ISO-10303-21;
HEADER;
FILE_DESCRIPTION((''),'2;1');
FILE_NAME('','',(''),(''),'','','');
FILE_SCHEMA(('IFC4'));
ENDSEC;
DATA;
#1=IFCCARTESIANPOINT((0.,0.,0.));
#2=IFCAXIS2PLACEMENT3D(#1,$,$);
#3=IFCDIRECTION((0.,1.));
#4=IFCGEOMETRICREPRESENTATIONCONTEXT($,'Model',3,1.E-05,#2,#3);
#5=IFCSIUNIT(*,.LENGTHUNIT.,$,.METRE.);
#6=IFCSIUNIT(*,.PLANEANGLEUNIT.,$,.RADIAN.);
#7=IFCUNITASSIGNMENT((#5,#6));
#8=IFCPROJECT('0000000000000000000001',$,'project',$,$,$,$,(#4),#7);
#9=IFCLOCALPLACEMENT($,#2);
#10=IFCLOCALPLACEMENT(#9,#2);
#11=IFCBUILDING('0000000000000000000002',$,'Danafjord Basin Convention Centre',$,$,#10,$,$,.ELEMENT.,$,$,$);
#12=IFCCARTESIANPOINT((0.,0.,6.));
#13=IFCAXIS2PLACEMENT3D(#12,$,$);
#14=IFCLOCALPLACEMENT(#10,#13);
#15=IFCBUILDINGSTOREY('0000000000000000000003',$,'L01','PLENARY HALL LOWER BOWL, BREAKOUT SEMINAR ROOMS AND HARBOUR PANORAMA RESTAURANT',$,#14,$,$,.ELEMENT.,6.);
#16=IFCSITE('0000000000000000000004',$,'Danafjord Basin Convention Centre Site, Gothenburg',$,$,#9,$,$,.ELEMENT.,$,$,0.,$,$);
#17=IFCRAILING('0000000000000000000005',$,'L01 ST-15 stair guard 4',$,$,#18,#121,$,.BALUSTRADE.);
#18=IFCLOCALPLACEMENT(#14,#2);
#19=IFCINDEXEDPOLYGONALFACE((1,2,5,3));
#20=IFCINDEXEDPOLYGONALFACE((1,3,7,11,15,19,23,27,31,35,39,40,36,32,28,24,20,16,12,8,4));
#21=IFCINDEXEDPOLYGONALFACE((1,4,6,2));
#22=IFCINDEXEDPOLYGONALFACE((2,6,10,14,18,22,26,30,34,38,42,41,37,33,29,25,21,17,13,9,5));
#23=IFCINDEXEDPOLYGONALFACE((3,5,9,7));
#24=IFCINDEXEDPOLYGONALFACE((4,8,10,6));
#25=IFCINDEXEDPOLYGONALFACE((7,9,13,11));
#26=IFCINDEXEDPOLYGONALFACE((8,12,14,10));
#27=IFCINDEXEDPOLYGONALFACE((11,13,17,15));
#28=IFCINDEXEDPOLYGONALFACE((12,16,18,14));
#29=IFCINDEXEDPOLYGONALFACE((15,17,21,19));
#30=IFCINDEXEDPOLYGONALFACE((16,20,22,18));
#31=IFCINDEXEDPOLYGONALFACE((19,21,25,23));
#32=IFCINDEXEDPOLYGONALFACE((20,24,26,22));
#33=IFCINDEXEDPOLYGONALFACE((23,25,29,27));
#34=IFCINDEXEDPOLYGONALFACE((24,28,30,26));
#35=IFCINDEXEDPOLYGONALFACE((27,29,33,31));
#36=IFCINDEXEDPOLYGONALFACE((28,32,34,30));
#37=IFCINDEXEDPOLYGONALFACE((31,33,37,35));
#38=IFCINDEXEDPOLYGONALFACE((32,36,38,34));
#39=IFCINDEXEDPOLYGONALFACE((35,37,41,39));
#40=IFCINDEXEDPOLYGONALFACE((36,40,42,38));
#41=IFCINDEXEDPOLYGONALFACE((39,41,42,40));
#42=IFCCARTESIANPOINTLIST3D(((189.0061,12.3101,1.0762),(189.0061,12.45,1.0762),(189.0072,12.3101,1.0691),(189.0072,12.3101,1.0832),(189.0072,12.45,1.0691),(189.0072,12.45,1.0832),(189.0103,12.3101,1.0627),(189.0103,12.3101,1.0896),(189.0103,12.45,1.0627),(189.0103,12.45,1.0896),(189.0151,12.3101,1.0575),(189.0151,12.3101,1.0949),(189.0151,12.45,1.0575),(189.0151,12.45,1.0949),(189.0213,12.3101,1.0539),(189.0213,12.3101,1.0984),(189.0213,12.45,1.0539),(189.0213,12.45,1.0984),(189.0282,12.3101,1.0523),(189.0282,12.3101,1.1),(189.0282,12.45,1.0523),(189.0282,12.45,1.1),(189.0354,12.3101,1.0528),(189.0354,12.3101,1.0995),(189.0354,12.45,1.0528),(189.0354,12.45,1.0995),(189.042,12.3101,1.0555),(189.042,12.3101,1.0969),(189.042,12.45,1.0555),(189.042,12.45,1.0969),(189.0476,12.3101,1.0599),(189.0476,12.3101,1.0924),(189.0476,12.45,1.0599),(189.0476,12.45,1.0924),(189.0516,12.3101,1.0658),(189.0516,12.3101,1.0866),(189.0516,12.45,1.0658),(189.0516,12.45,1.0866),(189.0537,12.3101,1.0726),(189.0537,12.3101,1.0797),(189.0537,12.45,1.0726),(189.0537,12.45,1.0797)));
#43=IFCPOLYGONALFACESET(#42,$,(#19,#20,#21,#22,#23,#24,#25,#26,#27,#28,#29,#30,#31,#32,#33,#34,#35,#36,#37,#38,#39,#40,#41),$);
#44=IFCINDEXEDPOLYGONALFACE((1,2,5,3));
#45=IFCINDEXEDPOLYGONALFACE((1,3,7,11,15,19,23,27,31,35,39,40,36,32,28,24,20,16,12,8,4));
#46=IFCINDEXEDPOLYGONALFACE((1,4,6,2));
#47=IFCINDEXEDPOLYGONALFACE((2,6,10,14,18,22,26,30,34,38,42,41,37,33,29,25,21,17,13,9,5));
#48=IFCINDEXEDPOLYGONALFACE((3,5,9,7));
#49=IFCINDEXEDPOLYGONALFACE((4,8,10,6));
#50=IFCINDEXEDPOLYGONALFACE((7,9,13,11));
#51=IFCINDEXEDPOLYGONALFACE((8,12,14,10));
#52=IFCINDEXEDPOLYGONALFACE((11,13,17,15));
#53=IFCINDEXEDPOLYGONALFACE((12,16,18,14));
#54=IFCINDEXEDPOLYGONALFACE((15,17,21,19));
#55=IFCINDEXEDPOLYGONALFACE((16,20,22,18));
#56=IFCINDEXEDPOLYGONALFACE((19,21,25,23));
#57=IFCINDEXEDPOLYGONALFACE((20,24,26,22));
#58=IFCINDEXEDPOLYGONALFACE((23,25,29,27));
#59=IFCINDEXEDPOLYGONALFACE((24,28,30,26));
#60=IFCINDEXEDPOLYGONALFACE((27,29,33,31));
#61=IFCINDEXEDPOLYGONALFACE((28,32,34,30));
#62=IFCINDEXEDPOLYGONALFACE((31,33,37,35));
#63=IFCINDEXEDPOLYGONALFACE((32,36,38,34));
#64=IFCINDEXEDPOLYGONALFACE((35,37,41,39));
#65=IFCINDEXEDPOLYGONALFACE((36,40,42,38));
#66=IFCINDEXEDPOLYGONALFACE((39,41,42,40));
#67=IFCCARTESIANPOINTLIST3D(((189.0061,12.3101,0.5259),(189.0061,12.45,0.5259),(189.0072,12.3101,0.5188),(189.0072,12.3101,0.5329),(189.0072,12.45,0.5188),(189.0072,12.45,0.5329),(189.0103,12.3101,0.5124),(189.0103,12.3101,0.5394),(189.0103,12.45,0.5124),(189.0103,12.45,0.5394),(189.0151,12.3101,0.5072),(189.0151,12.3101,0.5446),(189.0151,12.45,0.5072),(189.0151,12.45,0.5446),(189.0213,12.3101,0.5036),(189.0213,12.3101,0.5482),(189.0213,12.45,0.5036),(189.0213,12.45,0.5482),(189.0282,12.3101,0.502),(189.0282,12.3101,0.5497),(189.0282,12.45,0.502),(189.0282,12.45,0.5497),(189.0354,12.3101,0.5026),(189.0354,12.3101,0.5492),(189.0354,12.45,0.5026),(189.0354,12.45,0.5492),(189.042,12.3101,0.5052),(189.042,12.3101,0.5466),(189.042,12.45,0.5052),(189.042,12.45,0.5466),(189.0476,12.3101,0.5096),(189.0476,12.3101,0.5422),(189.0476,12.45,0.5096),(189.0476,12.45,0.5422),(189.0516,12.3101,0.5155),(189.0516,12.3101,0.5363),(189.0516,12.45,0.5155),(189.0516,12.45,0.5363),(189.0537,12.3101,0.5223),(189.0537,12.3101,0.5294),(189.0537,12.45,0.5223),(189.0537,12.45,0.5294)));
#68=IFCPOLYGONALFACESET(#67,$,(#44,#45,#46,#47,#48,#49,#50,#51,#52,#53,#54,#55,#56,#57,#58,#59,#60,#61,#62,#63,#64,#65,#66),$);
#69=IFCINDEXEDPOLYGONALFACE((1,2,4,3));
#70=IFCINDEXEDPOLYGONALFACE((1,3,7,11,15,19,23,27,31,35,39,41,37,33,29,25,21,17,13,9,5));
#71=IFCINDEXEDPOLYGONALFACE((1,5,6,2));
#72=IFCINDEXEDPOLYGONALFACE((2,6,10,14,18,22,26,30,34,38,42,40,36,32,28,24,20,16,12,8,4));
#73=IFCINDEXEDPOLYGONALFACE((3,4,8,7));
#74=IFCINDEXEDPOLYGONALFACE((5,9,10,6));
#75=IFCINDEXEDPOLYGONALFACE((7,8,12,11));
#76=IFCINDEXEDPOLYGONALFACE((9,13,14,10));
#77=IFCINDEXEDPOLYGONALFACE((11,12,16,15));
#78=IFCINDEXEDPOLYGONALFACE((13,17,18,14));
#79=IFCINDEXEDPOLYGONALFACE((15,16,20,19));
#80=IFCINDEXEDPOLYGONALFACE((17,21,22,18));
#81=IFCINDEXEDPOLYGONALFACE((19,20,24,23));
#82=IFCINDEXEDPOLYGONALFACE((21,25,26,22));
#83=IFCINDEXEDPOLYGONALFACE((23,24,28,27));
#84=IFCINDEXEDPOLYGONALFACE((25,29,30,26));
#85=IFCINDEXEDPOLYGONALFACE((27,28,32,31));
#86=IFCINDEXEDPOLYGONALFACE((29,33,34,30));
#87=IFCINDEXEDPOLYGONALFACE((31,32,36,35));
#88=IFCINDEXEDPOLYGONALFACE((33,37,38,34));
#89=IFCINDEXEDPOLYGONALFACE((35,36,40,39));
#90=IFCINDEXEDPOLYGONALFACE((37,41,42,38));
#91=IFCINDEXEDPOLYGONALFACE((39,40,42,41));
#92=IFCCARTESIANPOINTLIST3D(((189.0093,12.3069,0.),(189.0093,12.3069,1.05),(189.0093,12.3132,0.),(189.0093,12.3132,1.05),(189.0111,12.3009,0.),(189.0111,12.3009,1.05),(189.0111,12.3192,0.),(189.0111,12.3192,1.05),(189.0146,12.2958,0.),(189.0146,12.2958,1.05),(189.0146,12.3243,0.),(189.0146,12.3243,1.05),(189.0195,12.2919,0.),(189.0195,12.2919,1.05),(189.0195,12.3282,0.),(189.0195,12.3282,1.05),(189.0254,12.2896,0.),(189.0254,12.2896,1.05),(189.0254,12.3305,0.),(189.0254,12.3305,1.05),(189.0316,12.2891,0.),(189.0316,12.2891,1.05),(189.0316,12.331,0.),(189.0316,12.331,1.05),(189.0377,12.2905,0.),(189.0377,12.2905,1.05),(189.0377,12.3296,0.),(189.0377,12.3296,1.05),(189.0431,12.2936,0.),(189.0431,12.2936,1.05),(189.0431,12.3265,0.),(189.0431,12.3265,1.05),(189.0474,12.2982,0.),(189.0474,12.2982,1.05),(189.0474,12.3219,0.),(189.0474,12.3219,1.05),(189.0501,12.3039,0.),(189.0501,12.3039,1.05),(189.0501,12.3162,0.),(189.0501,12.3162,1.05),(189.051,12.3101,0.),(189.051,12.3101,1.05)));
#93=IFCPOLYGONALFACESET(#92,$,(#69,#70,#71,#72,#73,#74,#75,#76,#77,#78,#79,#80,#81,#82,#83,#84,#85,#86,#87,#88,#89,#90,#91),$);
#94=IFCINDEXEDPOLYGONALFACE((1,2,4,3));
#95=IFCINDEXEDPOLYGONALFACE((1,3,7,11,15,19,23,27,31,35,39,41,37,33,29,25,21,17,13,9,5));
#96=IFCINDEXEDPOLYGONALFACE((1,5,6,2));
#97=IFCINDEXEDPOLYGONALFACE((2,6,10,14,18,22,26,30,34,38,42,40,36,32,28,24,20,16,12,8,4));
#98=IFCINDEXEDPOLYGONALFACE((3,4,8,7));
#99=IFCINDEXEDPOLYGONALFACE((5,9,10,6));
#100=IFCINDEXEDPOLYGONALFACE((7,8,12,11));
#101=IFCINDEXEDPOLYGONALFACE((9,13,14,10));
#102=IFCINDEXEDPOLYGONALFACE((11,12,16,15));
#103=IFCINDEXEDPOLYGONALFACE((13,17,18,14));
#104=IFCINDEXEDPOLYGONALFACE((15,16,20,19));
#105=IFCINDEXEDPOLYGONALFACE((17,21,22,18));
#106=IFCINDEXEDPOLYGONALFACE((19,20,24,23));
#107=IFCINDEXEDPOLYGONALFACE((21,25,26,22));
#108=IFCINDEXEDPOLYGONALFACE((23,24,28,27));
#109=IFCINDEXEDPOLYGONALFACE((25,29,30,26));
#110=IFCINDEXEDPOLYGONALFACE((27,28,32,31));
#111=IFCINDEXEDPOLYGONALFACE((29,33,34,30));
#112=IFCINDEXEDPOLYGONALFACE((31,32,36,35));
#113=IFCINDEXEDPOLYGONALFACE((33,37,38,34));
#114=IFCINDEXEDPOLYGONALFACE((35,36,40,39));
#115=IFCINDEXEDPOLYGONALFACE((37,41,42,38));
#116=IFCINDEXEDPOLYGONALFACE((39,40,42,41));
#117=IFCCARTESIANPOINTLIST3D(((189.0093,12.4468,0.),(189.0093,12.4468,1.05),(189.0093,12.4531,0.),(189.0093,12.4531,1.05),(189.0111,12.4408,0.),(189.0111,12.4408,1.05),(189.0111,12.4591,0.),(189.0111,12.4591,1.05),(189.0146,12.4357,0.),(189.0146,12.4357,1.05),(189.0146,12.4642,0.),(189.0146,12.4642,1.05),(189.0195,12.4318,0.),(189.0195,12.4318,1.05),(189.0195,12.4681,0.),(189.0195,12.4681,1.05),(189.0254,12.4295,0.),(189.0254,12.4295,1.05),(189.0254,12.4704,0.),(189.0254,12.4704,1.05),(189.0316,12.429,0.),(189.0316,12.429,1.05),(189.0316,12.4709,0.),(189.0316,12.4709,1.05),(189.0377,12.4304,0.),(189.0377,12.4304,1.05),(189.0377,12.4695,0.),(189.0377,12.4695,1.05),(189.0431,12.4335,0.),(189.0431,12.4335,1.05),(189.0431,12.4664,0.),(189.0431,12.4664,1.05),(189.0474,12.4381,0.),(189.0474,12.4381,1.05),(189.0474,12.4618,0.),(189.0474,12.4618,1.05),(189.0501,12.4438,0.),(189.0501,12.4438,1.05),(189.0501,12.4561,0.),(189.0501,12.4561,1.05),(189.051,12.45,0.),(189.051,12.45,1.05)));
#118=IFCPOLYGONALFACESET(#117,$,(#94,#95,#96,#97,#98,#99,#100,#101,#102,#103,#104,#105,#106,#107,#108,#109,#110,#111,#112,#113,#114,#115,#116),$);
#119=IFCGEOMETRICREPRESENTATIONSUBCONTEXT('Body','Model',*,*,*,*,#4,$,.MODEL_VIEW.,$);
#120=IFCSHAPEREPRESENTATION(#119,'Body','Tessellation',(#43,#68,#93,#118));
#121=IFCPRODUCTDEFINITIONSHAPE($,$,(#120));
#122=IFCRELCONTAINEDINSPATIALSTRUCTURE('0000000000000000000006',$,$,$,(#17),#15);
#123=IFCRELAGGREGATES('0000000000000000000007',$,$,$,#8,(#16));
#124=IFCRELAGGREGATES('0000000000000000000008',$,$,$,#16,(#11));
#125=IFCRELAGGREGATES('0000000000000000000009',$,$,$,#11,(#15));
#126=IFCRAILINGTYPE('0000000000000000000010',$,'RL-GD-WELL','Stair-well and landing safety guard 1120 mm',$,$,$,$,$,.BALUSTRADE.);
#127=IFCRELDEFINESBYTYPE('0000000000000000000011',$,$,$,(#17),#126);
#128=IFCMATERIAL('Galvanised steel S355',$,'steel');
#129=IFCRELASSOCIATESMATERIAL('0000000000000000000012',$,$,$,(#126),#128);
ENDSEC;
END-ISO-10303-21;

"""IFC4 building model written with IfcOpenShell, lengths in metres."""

from ifc_helpers import new_model, si_unit, direction, frame, origin, origin_2d, place, context, subcontext, project, spatial, circle, extrude, material, type_object, element, save


model = new_model("IFC4")

# Units and contexts
model_context = context("Model", 3, precision=1e-05, world=origin(), true_north=direction((0.0, 1.0)))
body_context = subcontext(model_context, "Body", "Model", "MODEL_VIEW")
ifc_project = project(units=[si_unit("LENGTHUNIT", "METRE"), si_unit("PLANEANGLEUNIT", "RADIAN")], contexts=[model_context])

# Site, building, storey
site_placement = place(None, origin())
site = spatial("IfcSite", under=ifc_project, at=site_placement, Name="Danafjord Basin Convention Centre Site, Gothenburg", CompositionType="ELEMENT", RefElevation=0.0)
building_placement = place(site_placement, origin())
building = spatial("IfcBuilding", under=site, at=building_placement, Name="Danafjord Basin Convention Centre", CompositionType="ELEMENT")
storey_placement = place(building_placement, frame((0.0, 0.0, 6.0)))
storey = spatial("IfcBuildingStorey", under=building, at=storey_placement, Name="L01", Description="PLENARY HALL LOWER BOWL, BREAKOUT SEMINAR ROOMS AND HARBOUR PANORAMA RESTAURANT", CompositionType="ELEMENT", Elevation=6.0)

# Railing
ifc_material_1 = material(Name="Galvanised steel S355", Category="steel")
railing_type_1 = type_object("IfcRailingType", Name="RL-GD-WELL", Description="Stair-well and landing safety guard 1120 mm", PredefinedType="BALUSTRADE", material=ifc_material_1)
railing_1_placement = place(storey_placement, frame((189.03, 12.3101, 0.0)))
element("IfcRailing", 1, at=railing_1_placement, inside=storey, type_object=railing_type_1, Name="L01 ST-15 stair guard 4", PredefinedType="BALUSTRADE", context=body_context, shape_type="SweptSolid", body=[
    extrude(circle(Radius=0.0239, at=origin_2d()), frame((0.0, 0.0, 1.0762), z_axis=(0.0, 1.0, 0.0), x_axis=(-1.0, 0.0, 0.0)), (0.0, 0.0, 1.0), 0.1399),
    extrude(circle(Radius=0.0239, at=origin_2d()), frame((0.0, 0.0, 0.5259), z_axis=(0.0, 1.0, 0.0), x_axis=(-1.0, 0.0, 0.0)), (0.0, 0.0, 1.0), 0.1399),
    extrude(circle(Radius=0.021, at=origin_2d()), origin(), (0.0, 0.0, 1.0), 1.05),
    extrude(circle(Radius=0.021, at=origin_2d()), frame((0.0, 0.1399, 0.0)), (0.0, 0.0, 1.0), 1.05),
])

save(model, "model.ifc")
